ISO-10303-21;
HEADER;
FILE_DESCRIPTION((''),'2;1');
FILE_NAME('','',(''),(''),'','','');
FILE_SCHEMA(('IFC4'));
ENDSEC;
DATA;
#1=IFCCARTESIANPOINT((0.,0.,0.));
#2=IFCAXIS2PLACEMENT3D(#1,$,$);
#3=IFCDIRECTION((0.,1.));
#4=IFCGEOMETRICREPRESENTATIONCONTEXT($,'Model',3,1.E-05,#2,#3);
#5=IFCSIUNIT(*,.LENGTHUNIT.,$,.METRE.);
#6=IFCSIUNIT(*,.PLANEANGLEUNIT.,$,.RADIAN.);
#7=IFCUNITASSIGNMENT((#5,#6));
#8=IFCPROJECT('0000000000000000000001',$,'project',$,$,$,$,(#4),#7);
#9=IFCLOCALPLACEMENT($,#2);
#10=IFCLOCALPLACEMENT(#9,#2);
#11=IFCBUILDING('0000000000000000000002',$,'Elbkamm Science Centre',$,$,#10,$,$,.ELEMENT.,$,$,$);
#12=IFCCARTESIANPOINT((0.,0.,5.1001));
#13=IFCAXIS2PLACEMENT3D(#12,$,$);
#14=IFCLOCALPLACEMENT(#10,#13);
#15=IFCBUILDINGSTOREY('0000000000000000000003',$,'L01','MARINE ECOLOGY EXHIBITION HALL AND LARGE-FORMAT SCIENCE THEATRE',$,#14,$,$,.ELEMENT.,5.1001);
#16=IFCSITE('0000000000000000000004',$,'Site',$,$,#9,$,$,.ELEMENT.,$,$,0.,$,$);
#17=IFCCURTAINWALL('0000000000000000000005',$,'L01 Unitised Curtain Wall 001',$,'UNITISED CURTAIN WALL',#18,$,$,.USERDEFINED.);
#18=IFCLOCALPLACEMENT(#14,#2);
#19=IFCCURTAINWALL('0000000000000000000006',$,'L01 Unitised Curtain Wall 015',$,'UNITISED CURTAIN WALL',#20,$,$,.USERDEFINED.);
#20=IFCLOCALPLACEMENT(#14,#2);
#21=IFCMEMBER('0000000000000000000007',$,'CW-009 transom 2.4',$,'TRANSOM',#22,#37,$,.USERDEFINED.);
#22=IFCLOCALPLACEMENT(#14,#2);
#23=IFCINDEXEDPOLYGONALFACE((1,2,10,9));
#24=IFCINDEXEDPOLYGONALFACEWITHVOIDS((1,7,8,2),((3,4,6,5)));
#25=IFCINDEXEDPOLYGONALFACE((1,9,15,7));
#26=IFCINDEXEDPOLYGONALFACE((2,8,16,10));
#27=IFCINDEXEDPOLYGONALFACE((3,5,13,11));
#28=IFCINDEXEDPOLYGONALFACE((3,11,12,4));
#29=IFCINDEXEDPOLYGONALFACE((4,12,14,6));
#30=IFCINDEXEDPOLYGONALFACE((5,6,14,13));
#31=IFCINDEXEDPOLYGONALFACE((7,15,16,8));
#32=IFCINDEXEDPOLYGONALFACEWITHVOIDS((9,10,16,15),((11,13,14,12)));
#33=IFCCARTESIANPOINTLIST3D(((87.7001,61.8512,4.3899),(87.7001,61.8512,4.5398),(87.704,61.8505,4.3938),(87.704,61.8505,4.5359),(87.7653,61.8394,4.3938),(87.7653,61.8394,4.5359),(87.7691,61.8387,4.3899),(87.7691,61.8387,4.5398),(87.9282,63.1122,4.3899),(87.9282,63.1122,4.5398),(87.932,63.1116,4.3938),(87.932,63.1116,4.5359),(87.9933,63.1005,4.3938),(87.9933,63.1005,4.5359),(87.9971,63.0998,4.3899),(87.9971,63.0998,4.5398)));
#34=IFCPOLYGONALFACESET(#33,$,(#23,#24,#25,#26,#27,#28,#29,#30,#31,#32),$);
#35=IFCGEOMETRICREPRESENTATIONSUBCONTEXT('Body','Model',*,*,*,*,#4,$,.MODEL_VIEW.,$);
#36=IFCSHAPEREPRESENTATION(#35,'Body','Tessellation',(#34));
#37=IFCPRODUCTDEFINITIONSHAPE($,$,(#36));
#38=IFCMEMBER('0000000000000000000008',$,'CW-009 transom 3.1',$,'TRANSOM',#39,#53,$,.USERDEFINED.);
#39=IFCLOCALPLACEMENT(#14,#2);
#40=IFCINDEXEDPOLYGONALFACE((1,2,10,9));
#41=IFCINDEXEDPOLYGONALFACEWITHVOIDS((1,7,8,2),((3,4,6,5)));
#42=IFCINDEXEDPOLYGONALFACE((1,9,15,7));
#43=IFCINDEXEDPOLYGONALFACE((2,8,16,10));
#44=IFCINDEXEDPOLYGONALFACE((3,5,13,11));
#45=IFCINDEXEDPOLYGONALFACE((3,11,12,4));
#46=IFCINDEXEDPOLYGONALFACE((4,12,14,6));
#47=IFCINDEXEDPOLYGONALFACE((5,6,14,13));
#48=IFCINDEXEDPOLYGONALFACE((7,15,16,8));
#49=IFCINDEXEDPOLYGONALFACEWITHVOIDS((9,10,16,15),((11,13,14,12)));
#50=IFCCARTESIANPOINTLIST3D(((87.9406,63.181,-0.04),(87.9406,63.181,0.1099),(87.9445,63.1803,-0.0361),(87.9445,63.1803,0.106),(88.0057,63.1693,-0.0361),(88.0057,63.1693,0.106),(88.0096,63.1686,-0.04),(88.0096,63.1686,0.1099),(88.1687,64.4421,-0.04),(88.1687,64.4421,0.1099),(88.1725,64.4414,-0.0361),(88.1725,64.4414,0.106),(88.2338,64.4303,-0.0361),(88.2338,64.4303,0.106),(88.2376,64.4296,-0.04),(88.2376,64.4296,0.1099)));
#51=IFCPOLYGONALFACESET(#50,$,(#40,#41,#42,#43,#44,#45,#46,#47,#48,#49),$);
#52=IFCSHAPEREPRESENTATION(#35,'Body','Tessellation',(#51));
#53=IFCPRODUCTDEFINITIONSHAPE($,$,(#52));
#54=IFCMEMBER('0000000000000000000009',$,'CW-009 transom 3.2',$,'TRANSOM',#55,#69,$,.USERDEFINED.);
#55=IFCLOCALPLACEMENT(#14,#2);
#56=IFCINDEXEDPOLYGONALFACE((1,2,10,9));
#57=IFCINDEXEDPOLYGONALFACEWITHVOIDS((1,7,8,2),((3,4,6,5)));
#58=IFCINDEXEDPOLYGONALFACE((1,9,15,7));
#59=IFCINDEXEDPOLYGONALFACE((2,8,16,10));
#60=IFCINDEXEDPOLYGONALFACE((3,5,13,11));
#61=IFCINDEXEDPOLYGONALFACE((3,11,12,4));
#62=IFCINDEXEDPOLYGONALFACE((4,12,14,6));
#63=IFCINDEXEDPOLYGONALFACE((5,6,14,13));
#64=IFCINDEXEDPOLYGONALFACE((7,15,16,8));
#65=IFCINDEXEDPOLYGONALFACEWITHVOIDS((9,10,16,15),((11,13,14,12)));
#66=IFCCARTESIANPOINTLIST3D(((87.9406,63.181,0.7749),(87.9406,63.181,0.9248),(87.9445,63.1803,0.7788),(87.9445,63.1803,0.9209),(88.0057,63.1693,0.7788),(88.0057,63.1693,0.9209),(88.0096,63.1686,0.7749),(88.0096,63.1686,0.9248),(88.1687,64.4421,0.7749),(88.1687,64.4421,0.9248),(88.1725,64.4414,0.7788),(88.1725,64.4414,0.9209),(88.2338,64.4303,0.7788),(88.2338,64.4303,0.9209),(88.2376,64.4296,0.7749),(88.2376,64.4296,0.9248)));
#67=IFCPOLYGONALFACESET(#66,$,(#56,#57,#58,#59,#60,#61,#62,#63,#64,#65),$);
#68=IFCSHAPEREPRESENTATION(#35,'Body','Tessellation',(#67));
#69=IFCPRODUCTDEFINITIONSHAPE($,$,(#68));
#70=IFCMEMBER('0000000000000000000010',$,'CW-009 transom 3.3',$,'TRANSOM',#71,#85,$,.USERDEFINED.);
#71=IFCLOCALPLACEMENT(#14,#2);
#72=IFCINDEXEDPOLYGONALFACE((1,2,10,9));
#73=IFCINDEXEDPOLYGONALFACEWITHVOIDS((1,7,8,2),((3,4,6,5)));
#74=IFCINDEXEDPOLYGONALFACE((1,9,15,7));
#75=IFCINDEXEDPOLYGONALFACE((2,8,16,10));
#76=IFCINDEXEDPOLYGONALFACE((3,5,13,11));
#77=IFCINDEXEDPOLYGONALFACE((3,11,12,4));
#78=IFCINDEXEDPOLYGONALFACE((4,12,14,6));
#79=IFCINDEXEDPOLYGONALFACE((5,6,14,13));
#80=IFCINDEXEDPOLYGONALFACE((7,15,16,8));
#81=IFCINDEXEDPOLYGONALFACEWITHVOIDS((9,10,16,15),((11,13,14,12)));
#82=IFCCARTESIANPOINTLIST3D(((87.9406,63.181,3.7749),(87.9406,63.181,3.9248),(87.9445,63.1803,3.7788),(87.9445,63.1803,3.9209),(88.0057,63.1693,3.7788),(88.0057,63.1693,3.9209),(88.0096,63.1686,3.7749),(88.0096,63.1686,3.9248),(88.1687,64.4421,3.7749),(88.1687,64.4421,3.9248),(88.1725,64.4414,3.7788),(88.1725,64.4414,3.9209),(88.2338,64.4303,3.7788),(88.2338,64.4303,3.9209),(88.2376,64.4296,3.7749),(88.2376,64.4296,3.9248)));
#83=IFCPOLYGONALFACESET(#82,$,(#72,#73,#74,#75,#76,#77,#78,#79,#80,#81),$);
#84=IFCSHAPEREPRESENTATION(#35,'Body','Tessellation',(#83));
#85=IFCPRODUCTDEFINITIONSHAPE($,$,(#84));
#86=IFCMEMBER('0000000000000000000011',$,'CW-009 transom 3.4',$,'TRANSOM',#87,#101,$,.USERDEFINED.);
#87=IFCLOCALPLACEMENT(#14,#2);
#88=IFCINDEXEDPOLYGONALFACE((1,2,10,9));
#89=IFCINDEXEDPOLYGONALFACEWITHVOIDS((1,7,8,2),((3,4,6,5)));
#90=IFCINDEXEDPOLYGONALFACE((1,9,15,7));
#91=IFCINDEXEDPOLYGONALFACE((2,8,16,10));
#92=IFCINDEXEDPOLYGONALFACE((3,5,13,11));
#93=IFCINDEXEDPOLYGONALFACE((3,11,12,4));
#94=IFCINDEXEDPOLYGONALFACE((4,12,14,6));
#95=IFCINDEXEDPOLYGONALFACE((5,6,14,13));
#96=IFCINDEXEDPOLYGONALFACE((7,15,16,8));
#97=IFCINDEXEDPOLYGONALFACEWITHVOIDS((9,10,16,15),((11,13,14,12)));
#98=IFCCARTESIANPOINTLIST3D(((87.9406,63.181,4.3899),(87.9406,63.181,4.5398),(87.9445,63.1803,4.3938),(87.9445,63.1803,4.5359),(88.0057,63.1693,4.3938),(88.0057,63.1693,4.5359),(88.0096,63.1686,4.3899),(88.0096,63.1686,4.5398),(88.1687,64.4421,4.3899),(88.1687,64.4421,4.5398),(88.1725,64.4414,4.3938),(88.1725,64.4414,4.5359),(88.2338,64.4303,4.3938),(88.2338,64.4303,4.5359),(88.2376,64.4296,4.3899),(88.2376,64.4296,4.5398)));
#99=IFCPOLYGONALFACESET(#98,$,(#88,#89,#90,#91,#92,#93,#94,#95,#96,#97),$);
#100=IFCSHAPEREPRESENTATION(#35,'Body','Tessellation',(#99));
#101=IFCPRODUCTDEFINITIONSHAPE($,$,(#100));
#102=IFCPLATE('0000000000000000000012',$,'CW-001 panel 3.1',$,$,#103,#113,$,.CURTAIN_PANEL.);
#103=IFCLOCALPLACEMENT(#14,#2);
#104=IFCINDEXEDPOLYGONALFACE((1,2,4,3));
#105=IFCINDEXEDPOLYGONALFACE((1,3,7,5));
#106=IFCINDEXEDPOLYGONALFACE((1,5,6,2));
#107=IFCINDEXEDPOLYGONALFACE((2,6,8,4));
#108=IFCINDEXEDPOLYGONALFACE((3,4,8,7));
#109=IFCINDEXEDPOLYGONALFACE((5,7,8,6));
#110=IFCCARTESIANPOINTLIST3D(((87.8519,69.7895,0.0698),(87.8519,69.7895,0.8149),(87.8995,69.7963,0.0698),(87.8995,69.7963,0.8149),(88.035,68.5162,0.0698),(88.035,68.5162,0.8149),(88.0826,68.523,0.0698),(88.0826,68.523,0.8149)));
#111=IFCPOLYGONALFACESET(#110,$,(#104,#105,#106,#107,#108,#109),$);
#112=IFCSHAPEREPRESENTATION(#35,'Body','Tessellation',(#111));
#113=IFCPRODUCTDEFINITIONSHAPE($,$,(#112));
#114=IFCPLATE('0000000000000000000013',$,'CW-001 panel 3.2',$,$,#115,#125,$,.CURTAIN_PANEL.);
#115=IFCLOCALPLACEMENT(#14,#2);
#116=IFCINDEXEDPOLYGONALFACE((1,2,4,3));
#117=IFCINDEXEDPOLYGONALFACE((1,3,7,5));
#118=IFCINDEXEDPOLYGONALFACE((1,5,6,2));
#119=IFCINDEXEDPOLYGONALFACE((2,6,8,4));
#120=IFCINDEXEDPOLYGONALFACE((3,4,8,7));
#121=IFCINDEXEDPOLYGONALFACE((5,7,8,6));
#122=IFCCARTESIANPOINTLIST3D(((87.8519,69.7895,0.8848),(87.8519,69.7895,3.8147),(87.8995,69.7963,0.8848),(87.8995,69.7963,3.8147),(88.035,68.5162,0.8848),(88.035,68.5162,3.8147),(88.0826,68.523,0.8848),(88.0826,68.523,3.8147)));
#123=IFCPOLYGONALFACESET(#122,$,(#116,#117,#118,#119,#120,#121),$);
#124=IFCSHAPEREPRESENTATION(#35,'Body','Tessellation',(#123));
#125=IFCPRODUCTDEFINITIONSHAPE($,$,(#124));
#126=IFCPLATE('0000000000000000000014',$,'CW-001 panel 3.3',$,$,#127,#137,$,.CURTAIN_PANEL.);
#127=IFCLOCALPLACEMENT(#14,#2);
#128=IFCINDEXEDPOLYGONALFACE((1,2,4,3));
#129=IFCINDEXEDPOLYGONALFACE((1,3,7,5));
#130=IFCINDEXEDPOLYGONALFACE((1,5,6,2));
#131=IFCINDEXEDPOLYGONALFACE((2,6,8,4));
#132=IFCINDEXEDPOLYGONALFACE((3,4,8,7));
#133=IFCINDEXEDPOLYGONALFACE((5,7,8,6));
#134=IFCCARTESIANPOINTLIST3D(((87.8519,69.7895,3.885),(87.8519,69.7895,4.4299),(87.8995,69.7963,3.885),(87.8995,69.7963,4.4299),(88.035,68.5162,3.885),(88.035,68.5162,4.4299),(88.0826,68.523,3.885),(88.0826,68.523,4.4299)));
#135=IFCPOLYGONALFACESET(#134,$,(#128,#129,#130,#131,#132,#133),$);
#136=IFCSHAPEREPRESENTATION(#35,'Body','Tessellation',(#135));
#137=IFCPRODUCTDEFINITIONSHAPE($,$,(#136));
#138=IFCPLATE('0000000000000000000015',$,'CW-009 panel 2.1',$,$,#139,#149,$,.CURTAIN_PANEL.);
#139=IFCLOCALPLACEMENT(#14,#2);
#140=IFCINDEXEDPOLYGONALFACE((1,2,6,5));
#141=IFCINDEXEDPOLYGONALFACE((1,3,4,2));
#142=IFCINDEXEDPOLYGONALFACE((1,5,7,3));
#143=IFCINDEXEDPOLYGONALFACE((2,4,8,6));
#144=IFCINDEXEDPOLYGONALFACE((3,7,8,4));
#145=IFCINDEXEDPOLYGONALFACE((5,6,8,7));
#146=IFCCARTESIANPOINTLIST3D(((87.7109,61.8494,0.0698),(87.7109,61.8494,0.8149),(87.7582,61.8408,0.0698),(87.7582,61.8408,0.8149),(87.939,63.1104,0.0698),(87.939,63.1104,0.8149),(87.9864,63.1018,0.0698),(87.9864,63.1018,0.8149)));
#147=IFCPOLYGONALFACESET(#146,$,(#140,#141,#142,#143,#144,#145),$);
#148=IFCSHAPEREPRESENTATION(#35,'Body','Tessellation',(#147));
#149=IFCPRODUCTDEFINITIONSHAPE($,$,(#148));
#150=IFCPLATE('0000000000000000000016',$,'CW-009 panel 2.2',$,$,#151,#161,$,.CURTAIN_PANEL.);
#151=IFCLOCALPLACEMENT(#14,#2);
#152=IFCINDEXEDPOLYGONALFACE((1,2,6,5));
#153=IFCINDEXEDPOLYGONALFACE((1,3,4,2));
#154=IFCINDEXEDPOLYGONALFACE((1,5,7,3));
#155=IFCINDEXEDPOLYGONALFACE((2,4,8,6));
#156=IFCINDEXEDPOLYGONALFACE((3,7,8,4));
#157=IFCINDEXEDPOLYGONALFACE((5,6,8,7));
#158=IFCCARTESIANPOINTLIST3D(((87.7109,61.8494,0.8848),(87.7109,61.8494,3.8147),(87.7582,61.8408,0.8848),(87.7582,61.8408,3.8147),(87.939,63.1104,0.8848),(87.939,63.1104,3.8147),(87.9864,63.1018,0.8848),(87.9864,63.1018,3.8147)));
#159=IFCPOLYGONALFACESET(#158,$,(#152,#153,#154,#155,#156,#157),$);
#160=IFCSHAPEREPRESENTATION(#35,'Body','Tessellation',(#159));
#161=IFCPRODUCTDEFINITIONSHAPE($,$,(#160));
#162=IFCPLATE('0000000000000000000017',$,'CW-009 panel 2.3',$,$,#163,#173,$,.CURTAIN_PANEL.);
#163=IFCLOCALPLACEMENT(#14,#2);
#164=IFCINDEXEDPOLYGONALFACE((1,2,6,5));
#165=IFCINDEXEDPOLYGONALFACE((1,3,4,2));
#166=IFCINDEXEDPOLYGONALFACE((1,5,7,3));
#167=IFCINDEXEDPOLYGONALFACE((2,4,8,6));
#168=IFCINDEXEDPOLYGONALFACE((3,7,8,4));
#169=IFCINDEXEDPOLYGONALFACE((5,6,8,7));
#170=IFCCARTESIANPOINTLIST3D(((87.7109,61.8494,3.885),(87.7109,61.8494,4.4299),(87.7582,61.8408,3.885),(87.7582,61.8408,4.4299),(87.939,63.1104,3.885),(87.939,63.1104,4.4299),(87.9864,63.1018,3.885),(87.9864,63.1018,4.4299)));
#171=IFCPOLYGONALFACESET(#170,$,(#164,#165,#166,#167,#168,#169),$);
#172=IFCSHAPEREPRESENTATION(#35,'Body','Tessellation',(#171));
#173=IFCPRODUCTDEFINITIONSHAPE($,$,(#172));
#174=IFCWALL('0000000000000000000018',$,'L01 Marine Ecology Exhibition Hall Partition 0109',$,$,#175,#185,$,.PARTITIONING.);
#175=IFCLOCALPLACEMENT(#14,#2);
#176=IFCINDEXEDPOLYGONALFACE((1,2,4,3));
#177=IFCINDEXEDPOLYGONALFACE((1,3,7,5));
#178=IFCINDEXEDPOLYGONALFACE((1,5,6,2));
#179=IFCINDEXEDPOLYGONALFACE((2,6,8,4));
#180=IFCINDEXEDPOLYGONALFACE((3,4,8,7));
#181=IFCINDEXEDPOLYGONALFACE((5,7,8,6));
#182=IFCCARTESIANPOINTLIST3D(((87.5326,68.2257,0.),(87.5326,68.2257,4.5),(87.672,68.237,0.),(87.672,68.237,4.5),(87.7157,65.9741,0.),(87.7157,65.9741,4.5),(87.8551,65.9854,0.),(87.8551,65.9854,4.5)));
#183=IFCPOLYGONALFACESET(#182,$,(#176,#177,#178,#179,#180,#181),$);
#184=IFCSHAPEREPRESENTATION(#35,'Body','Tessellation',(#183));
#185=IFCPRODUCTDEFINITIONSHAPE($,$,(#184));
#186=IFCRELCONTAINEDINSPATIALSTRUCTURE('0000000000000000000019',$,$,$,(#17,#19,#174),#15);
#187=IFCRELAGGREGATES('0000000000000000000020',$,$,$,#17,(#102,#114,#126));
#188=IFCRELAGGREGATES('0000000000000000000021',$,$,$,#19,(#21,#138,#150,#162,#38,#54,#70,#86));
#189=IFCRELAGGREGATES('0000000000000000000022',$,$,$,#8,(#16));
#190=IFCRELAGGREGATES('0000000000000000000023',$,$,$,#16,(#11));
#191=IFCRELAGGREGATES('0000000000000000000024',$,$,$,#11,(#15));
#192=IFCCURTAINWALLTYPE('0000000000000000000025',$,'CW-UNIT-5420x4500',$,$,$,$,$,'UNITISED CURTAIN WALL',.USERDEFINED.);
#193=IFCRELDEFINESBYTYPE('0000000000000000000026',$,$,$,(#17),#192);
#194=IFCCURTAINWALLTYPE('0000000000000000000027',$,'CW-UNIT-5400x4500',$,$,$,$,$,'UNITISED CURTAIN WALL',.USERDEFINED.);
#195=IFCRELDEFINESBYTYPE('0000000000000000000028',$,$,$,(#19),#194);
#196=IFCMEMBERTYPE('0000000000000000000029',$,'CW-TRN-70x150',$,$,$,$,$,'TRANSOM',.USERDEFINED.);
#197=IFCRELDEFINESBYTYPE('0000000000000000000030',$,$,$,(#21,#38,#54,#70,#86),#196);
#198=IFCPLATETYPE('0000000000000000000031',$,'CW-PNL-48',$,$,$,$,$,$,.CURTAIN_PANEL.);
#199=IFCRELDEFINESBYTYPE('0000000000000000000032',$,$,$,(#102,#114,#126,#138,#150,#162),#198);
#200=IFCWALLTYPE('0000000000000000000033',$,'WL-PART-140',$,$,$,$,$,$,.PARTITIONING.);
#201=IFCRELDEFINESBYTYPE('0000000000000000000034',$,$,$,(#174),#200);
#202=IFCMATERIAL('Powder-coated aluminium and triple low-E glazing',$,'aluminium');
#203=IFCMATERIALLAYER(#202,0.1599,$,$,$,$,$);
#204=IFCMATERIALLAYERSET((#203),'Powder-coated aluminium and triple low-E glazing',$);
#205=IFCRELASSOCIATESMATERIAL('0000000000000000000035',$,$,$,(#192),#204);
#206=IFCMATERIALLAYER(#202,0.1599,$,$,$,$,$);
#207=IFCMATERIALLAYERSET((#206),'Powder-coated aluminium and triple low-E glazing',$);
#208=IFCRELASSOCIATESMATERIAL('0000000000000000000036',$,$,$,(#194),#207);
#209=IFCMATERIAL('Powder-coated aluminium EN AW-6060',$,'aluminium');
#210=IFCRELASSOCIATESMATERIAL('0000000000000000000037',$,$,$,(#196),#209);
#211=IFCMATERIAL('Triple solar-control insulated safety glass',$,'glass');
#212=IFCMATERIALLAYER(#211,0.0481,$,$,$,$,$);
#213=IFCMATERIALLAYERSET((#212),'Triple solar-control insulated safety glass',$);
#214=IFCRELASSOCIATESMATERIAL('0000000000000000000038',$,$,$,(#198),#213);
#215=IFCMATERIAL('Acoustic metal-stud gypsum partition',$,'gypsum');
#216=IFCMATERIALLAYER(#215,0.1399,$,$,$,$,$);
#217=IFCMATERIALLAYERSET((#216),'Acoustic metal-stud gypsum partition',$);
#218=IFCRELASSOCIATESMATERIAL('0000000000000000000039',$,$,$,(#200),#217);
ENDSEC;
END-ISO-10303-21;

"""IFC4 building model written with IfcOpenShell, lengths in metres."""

from ifc_helpers import new_model, si_unit, direction, frame, frame_2d, origin, origin_2d, place, context, subcontext, project, spatial, rectangle, hollow_rectangle, extrude, material, layer, layer_set, material_profile, profile_set, type_object, element, aggregate, save


model = new_model("IFC4")

# Units and contexts
model_context = context("Model", 3, precision=1e-05, world=origin(), true_north=direction((0.0, 1.0)))
body_context = subcontext(model_context, "Body", "Model", "MODEL_VIEW")
ifc_project = project(units=[si_unit("LENGTHUNIT", "METRE"), si_unit("PLANEANGLEUNIT", "RADIAN")], contexts=[model_context])

# Site, building, storey
site_placement = place(None, origin())
site = spatial("IfcSite", under=ifc_project, at=site_placement, Name="Site", CompositionType="ELEMENT", RefElevation=0.0)
building_placement = place(site_placement, origin())
building = spatial("IfcBuilding", under=site, at=building_placement, Name="Elbkamm Science Centre", CompositionType="ELEMENT")
storey_placement = place(building_placement, frame((0.0, 0.0, 5.1001)))
storey = spatial("IfcBuildingStorey", under=building, at=storey_placement, Name="L01", Description="MARINE ECOLOGY EXHIBITION HALL AND LARGE-FORMAT SCIENCE THEATRE", CompositionType="ELEMENT", Elevation=5.1001)

# Curtain walls
ifc_material_1 = material(Name="Powder-coated aluminium and triple low-E glazing", Category="aluminium")
ifc_layer_1 = layer(ifc_material_1, 0.1599)
ifc_layer_set_1 = layer_set([ifc_layer_1], Name="Powder-coated aluminium and triple low-E glazing")
curtain_wall_type_1 = type_object("IfcCurtainWallType", Name="CW-UNIT-5420x4500", ElementType="UNITISED CURTAIN WALL", PredefinedType="USERDEFINED", material=ifc_layer_set_1)
curtain_wall_1_placement = place(storey_placement, origin())
curtain_wall_1 = element("IfcCurtainWall", 1, at=curtain_wall_1_placement, inside=storey, type_object=curtain_wall_type_1, Name="L01 Unitised Curtain Wall 001", ObjectType="UNITISED CURTAIN WALL", PredefinedType="USERDEFINED")
ifc_material_2 = material(Name="Powder-coated aluminium EN AW-6060", Category="aluminium")
ifc_layer_2 = layer(ifc_material_1, 0.1599)
ifc_layer_set_2 = layer_set([ifc_layer_2], Name="Powder-coated aluminium and triple low-E glazing")
curtain_wall_type_2 = type_object("IfcCurtainWallType", Name="CW-UNIT-5400x4500", ElementType="UNITISED CURTAIN WALL", PredefinedType="USERDEFINED", material=ifc_layer_set_2)
curtain_wall_2_placement = place(storey_placement, origin())
curtain_wall_2 = element("IfcCurtainWall", 2, at=curtain_wall_2_placement, inside=storey, type_object=curtain_wall_type_2, Name="L01 Unitised Curtain Wall 015", ObjectType="UNITISED CURTAIN WALL", PredefinedType="USERDEFINED")

# Members
ifc_material_profile_1 = material_profile(ifc_material_2, hollow_rectangle(XDim=0.0701, YDim=0.1499, WallThickness=0.0039, at=origin_2d()), Name="ALU T70x150")
ifc_profile_set_1 = profile_set([ifc_material_profile_1], Name="Powder-coated aluminium EN AW-6060")
member_type_1 = type_object("IfcMemberType", Name="CW-TRN-70x150", ElementType="TRANSOM", PredefinedType="USERDEFINED", material=ifc_profile_set_1)
member_1_placement = place(storey_placement, frame((87.7346, 61.845, 4.4648), z_axis=(0.177946, 0.98404, 0.0), x_axis=(-0.98404, 0.177946, 0.0)))
member_1 = element("IfcMember", 3, at=member_1_placement, type_object=member_type_1, Name="CW-009 transom 2.4", ObjectType="TRANSOM", PredefinedType="USERDEFINED", context=body_context, shape_type="SweptSolid", body=[
    extrude(hollow_rectangle(XDim=0.0701, YDim=0.1499, WallThickness=0.0039, at=origin_2d()), origin(), (0.0, 0.0, 1.0), 1.2815),
])
member_2_placement = place(storey_placement, frame((87.9751, 63.1748, 0.0349), z_axis=(0.177946, 0.98404, 0.0), x_axis=(-0.98404, 0.177946, 0.0)))
member_2 = element("IfcMember", 4, at=member_2_placement, type_object=member_type_1, Name="CW-009 transom 3.1", ObjectType="TRANSOM", PredefinedType="USERDEFINED", context=body_context, shape_type="SweptSolid", body=[
    extrude(hollow_rectangle(XDim=0.0701, YDim=0.1499, WallThickness=0.0039, at=origin_2d()), origin(), (0.0, 0.0, 1.0), 1.2815),
])
member_3_placement = place(storey_placement, frame((87.9751, 63.1748, 0.8499), z_axis=(0.177946, 0.98404, 0.0), x_axis=(-0.98404, 0.177946, 0.0)))
member_3 = element("IfcMember", 5, at=member_3_placement, type_object=member_type_1, Name="CW-009 transom 3.2", ObjectType="TRANSOM", PredefinedType="USERDEFINED", context=body_context, shape_type="SweptSolid", body=[
    extrude(hollow_rectangle(XDim=0.0701, YDim=0.1499, WallThickness=0.0039, at=origin_2d()), origin(), (0.0, 0.0, 1.0), 1.2815),
])
member_4_placement = place(storey_placement, frame((87.9751, 63.1748, 3.8499), z_axis=(0.177946, 0.98404, 0.0), x_axis=(-0.98404, 0.177946, 0.0)))
member_4 = element("IfcMember", 6, at=member_4_placement, type_object=member_type_1, Name="CW-009 transom 3.3", ObjectType="TRANSOM", PredefinedType="USERDEFINED", context=body_context, shape_type="SweptSolid", body=[
    extrude(hollow_rectangle(XDim=0.0701, YDim=0.1499, WallThickness=0.0039, at=origin_2d()), origin(), (0.0, 0.0, 1.0), 1.2815),
])
member_5_placement = place(storey_placement, frame((87.9751, 63.1748, 4.4648), z_axis=(0.177946, 0.98404, 0.0), x_axis=(-0.98404, 0.177946, 0.0)))
member_5 = element("IfcMember", 7, at=member_5_placement, type_object=member_type_1, Name="CW-009 transom 3.4", ObjectType="TRANSOM", PredefinedType="USERDEFINED", context=body_context, shape_type="SweptSolid", body=[
    extrude(hollow_rectangle(XDim=0.0701, YDim=0.1499, WallThickness=0.0039, at=origin_2d()), origin(), (0.0, 0.0, 1.0), 1.2815),
])

# Plates
ifc_material_3 = material(Name="Triple solar-control insulated safety glass", Category="glass")
ifc_layer_3 = layer(ifc_material_3, 0.0481)
ifc_layer_set_3 = layer_set([ifc_layer_3], Name="Triple solar-control insulated safety glass")
plate_type = type_object("IfcPlateType", Name="CW-PNL-48", PredefinedType="CURTAIN_PANEL", material=ifc_layer_set_3)
plate_1_placement = place(storey_placement, frame((87.9673, 69.1562, 0.0698), z_axis=(0.0, 0.0, 1.0), x_axis=(-0.142332, 0.989819, 0.0)))
plate_1 = element("IfcPlate", 8, at=plate_1_placement, type_object=plate_type, Name="CW-001 panel 3.1", PredefinedType="CURTAIN_PANEL", context=body_context, shape_type="SweptSolid", body=[
    extrude(rectangle(XDim=1.2864, YDim=0.0481, at=origin_2d()), origin(), (0.0, 0.0, 1.0), 0.7451),
])
plate_2_placement = place(storey_placement, frame((87.9673, 69.1562, 0.8848), z_axis=(0.0, 0.0, 1.0), x_axis=(-0.142332, 0.989819, 0.0)))
plate_2 = element("IfcPlate", 9, at=plate_2_placement, type_object=plate_type, Name="CW-001 panel 3.2", PredefinedType="CURTAIN_PANEL", context=body_context, shape_type="SweptSolid", body=[
    extrude(rectangle(XDim=1.2864, YDim=0.0481, at=origin_2d()), origin(), (0.0, 0.0, 1.0), 2.9299),
])
plate_3_placement = place(storey_placement, frame((87.9673, 69.1562, 3.885), z_axis=(0.0, 0.0, 1.0), x_axis=(-0.142332, 0.989819, 0.0)))
plate_3 = element("IfcPlate", 10, at=plate_3_placement, type_object=plate_type, Name="CW-001 panel 3.3", PredefinedType="CURTAIN_PANEL", context=body_context, shape_type="SweptSolid", body=[
    extrude(rectangle(XDim=1.2864, YDim=0.0481, at=origin_2d()), origin(), (0.0, 0.0, 1.0), 0.5449),
])
aggregate(curtain_wall_1, [plate_1, plate_2, plate_3])
plate_4_placement = place(storey_placement, frame((87.8486, 62.4756, 0.0698), z_axis=(0.0, 0.0, 1.0), x_axis=(0.178003, 0.98403, 0.0)))
plate_4 = element("IfcPlate", 11, at=plate_4_placement, type_object=plate_type, Name="CW-009 panel 2.1", PredefinedType="CURTAIN_PANEL", context=body_context, shape_type="SweptSolid", body=[
    extrude(rectangle(XDim=1.2815, YDim=0.0481, at=origin_2d()), origin(), (0.0, 0.0, 1.0), 0.7451),
])
plate_5_placement = place(storey_placement, frame((87.8486, 62.4756, 0.8848), z_axis=(0.0, 0.0, 1.0), x_axis=(0.178003, 0.98403, 0.0)))
plate_5 = element("IfcPlate", 12, at=plate_5_placement, type_object=plate_type, Name="CW-009 panel 2.2", PredefinedType="CURTAIN_PANEL", context=body_context, shape_type="SweptSolid", body=[
    extrude(rectangle(XDim=1.2815, YDim=0.0481, at=origin_2d()), origin(), (0.0, 0.0, 1.0), 2.9299),
])
plate_6_placement = place(storey_placement, frame((87.8486, 62.4756, 3.885), z_axis=(0.0, 0.0, 1.0), x_axis=(0.178003, 0.98403, 0.0)))
plate_6 = element("IfcPlate", 13, at=plate_6_placement, type_object=plate_type, Name="CW-009 panel 2.3", PredefinedType="CURTAIN_PANEL", context=body_context, shape_type="SweptSolid", body=[
    extrude(rectangle(XDim=1.2815, YDim=0.0481, at=origin_2d()), origin(), (0.0, 0.0, 1.0), 0.5449),
])
aggregate(curtain_wall_2, [member_1, plate_4, plate_5, plate_6, member_2, member_3, member_4, member_5])

# Wall
ifc_material_4 = material(Name="Acoustic metal-stud gypsum partition", Category="gypsum")
ifc_layer_4 = layer(ifc_material_4, 0.1399)
ifc_layer_set_4 = layer_set([ifc_layer_4], Name="Acoustic metal-stud gypsum partition")
wall_type = type_object("IfcWallType", Name="WL-PART-140", PredefinedType="PARTITIONING", material=ifc_layer_set_4)
wall_placement = place(storey_placement, frame((87.6023, 68.2312, 0.0), z_axis=(0.0, 0.0, 1.0), x_axis=(0.081051, -0.99671, 0.0)))
element("IfcWall", 14, at=wall_placement, inside=storey, type_object=wall_type, Name="L01 Marine Ecology Exhibition Hall Partition 0109", PredefinedType="PARTITIONING", context=body_context, shape_type="SweptSolid", body=[
    extrude(rectangle(XDim=2.259, YDim=0.1399, at=frame_2d((1.1294, 0.0))), origin(), (0.0, 0.0, 1.0), 4.5),
])

save(model, "model.ifc")
